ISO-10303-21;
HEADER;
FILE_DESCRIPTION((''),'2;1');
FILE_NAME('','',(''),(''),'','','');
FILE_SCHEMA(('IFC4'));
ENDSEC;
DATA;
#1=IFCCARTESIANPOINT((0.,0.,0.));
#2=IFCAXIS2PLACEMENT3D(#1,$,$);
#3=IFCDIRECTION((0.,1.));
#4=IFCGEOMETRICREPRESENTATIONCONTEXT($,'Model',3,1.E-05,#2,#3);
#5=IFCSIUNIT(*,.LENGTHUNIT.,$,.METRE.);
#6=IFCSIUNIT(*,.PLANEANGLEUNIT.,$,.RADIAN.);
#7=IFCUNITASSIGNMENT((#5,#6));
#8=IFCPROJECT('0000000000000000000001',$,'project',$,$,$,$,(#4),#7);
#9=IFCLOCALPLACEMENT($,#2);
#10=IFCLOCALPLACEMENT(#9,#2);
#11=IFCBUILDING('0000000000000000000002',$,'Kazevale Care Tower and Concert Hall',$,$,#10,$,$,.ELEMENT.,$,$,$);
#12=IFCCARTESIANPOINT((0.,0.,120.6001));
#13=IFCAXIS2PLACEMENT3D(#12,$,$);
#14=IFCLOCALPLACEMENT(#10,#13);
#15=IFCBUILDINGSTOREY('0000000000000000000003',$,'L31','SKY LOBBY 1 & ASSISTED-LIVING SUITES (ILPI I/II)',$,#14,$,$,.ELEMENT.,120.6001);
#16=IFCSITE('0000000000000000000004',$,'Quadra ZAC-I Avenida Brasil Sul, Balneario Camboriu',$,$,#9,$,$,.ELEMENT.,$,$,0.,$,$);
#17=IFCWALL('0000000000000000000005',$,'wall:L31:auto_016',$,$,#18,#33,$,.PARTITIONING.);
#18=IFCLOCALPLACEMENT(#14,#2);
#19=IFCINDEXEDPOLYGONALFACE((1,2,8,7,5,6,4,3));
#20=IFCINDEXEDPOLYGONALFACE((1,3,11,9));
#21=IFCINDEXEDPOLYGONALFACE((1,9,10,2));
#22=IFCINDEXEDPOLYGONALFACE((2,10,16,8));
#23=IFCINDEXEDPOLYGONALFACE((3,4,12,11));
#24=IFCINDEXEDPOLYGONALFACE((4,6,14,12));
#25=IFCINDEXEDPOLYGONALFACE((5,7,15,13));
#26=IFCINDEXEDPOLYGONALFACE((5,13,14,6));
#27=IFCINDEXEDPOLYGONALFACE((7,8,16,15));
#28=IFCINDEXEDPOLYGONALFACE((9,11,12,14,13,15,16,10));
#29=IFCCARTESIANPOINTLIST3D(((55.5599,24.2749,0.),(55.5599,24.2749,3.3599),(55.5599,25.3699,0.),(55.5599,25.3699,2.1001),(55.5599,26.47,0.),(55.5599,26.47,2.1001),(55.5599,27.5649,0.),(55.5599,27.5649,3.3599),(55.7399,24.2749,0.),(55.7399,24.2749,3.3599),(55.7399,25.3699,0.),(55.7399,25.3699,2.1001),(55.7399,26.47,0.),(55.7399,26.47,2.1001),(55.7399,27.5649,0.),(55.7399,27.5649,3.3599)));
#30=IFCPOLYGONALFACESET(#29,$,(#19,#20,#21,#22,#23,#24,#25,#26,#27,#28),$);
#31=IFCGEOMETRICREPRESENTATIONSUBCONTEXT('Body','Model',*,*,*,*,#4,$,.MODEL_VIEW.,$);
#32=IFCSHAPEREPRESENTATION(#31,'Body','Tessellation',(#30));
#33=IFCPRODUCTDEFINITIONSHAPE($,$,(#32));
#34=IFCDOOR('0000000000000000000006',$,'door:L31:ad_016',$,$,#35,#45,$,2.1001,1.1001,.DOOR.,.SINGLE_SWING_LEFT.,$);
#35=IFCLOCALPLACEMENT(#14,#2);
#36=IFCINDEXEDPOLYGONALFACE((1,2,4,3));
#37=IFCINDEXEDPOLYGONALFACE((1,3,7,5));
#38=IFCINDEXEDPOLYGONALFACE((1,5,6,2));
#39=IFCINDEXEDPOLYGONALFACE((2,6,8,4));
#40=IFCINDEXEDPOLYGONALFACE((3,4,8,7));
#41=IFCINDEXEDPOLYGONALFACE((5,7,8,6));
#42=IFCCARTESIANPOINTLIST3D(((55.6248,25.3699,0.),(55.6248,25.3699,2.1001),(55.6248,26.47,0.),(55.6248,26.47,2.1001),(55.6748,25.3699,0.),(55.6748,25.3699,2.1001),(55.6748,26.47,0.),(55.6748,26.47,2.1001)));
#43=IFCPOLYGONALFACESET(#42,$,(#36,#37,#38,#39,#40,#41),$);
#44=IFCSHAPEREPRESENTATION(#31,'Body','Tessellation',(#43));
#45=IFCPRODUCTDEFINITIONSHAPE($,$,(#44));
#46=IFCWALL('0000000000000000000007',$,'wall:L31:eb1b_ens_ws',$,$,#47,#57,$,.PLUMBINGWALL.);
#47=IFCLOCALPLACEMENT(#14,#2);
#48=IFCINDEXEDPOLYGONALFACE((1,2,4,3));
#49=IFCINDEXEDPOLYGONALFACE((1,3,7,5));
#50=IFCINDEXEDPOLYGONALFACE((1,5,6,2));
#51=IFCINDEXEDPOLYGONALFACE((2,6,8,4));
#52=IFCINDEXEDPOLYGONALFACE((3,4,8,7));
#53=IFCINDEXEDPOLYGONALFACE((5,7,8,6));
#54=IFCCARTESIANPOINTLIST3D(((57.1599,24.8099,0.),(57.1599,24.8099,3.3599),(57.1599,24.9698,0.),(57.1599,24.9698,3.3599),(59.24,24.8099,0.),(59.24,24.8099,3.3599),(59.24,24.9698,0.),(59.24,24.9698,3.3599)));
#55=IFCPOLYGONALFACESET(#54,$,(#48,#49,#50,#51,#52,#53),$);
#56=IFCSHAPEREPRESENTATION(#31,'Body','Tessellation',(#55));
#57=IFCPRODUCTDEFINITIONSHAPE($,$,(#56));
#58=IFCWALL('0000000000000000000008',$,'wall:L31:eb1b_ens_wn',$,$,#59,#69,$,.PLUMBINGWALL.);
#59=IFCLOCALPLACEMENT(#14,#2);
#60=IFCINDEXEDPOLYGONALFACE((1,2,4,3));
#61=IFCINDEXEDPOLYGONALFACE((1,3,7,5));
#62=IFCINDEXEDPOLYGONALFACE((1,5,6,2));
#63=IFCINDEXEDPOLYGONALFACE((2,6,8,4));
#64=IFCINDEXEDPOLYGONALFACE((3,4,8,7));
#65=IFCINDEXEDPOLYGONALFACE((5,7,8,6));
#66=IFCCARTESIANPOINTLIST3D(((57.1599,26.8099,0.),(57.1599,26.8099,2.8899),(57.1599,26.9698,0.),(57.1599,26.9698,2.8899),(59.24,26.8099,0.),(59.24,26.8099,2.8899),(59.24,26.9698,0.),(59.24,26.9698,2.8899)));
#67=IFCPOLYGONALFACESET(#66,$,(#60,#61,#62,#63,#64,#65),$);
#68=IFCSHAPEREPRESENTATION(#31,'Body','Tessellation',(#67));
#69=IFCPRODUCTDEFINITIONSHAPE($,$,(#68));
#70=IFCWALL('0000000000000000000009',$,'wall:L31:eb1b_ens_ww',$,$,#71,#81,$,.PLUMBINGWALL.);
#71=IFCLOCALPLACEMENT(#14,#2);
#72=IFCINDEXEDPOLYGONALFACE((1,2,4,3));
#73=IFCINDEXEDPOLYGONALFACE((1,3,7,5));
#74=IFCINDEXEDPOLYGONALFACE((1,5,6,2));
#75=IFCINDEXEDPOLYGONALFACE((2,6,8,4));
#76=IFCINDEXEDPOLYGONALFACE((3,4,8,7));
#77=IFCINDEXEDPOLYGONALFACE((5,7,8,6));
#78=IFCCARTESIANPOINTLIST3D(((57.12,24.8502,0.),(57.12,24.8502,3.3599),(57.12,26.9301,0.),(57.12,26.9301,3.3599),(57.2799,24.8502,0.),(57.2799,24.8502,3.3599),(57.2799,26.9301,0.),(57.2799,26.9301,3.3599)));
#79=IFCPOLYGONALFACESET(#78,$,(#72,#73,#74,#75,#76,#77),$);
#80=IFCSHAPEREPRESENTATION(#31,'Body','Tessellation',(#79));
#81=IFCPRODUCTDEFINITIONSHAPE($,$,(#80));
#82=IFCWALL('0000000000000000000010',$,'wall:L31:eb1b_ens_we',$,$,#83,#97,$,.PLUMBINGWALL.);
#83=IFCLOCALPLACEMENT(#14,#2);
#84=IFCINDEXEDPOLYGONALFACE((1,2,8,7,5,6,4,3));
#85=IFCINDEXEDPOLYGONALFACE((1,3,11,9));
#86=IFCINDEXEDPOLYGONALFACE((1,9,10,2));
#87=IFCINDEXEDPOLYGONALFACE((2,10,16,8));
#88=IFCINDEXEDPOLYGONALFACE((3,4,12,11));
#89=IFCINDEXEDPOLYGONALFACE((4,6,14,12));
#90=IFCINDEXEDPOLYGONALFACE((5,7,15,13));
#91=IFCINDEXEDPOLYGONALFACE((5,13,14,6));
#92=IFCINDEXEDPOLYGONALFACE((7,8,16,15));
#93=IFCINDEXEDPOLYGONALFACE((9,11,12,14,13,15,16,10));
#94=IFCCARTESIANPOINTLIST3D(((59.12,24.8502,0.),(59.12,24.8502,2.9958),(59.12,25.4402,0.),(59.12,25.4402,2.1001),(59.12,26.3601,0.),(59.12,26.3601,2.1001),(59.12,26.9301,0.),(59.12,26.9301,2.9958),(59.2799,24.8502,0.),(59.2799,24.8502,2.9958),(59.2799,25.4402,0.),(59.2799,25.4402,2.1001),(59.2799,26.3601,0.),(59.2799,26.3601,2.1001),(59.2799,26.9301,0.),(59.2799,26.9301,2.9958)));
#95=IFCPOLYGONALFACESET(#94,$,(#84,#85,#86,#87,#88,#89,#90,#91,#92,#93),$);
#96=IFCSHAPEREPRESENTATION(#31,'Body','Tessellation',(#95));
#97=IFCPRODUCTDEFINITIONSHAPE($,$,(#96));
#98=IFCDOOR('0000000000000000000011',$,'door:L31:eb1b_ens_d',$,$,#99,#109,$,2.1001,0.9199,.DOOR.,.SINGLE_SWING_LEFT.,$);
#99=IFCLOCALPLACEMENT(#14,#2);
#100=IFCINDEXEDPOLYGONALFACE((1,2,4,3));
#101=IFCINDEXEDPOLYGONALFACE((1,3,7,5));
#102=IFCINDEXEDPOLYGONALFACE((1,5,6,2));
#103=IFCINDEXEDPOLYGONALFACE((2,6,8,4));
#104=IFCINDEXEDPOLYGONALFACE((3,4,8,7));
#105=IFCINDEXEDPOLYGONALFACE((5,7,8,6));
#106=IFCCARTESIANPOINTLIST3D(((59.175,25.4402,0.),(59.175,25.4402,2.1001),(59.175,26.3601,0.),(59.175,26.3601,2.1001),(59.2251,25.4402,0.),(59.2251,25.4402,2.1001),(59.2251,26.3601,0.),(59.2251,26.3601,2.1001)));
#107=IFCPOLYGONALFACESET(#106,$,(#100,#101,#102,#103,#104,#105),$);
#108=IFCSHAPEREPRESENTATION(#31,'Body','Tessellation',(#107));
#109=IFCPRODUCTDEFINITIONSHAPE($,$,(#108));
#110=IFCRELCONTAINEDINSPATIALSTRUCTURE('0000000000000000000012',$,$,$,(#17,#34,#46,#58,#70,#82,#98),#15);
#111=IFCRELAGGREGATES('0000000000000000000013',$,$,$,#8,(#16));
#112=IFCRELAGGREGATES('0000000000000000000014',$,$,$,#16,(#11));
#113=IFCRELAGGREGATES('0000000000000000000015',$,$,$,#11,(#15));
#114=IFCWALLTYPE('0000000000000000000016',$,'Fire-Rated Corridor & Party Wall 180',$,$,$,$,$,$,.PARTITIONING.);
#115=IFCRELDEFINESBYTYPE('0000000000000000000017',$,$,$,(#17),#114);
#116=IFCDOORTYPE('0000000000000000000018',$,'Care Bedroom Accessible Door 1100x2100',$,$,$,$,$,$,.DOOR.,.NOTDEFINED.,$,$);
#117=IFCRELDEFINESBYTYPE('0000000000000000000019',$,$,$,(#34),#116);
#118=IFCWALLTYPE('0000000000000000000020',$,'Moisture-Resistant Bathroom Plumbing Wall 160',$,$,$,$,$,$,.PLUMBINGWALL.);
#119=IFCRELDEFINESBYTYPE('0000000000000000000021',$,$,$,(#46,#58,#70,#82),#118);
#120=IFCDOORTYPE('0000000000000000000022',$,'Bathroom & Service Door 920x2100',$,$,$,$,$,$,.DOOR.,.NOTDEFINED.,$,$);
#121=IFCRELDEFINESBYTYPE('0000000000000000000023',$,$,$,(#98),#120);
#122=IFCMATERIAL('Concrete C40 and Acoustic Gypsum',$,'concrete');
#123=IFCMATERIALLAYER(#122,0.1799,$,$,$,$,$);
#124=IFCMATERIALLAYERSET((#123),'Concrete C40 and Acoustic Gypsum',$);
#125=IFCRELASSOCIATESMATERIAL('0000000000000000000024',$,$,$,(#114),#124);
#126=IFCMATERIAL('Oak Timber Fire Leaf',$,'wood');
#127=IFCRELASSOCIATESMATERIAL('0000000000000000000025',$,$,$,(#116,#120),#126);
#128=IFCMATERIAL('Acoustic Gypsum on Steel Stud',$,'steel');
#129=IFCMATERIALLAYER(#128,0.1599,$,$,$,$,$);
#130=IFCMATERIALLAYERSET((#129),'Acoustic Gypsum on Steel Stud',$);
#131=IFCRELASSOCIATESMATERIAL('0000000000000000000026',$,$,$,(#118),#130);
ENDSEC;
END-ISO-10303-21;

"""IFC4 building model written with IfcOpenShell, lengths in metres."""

from ifc_helpers import new_model, si_unit, direction, frame, frame_2d, origin, place, context, subcontext, project, spatial, rectangle, extrude, material, layer, layer_set, type_object, element, fill, save


model = new_model("IFC4")

# Units and contexts
model_context = context("Model", 3, precision=1e-05, world=origin(), true_north=direction((0.0, 1.0)))
body_context = subcontext(model_context, "Body", "Model", "MODEL_VIEW")
ifc_project = project(units=[si_unit("LENGTHUNIT", "METRE"), si_unit("PLANEANGLEUNIT", "RADIAN")], contexts=[model_context])

# Site, building, storey
site_placement = place(None, origin())
site = spatial("IfcSite", under=ifc_project, at=site_placement, Name="Quadra ZAC-I Avenida Brasil Sul, Balneario Camboriu", CompositionType="ELEMENT", RefElevation=0.0)
building_placement = place(site_placement, origin())
building = spatial("IfcBuilding", under=site, at=building_placement, Name="Kazevale Care Tower and Concert Hall", CompositionType="ELEMENT")
storey_placement = place(building_placement, frame((0.0, 0.0, 120.6001)))
storey = spatial("IfcBuildingStorey", under=building, at=storey_placement, Name="L31", Description="SKY LOBBY 1 & ASSISTED-LIVING SUITES (ILPI I/II)", CompositionType="ELEMENT", Elevation=120.6001)

# Shared definitions
ifc_material_1 = material(Name="Acoustic Gypsum on Steel Stud", Category="steel")
ifc_material_2 = material(Name="Concrete C40 and Acoustic Gypsum", Category="concrete")
ifc_layer_1 = layer(ifc_material_2, 0.1799)
ifc_layer_set_1 = layer_set([ifc_layer_1], Name="Concrete C40 and Acoustic Gypsum")
wall_type_1 = type_object("IfcWallType", Name="Fire-Rated Corridor & Party Wall 180", PredefinedType="PARTITIONING", material=ifc_layer_set_1)

# Wall, opening, door
wall_1_placement = place(storey_placement, frame((55.6499, 27.5649, 0.0), z_axis=(0.0, 0.0, 1.0), x_axis=(0.0, -1.0, 0.0)))
wall_1 = element("IfcWall", 1, at=wall_1_placement, inside=storey, type_object=wall_type_1, Name="wall:L31:auto_016", PredefinedType="PARTITIONING", context=body_context, shape_type="SweptSolid", body=[
    extrude(rectangle(XDim=3.29, YDim=0.1799, at=frame_2d((1.645, 0.0))), origin(), (0.0, 0.0, 1.0), 3.3599),
])
opening_1_placement = place(wall_1_placement, frame((1.095, 0.0, 0.0)))
opening_1 = element("IfcOpeningElement", 2, at=opening_1_placement, cuts=wall_1, PredefinedType="OPENING", context=body_context, shape_type="SweptSolid", body=[
    extrude(rectangle(XDim=1.1001, YDim=2.1001, at=frame_2d((0.55, 1.05))), frame((0.0, 0.0999, 0.0), z_axis=(0.0, -1.0, 0.0), x_axis=(1.0, 0.0, 0.0)), (0.0, 0.0, 1.0), 0.2),
])
ifc_material_3 = material(Name="Oak Timber Fire Leaf", Category="wood")
door_type_1 = type_object("IfcDoorType", Name="Care Bedroom Accessible Door 1100x2100", OperationType="NOTDEFINED", PredefinedType="DOOR", material=ifc_material_3)
door_1_placement = place(opening_1_placement, origin())
door_1 = element("IfcDoor", 3, at=door_1_placement, inside=storey, type_object=door_type_1, Name="door:L31:ad_016", OperationType="SINGLE_SWING_LEFT", OverallHeight=2.1001, OverallWidth=1.1001, PredefinedType="DOOR", context=body_context, shape_type="SweptSolid", body=[
    extrude(rectangle(XDim=1.1001, YDim=2.1001, at=frame_2d((0.55, 1.05))), frame((0.0, 0.0249, 0.0), z_axis=(0.0, -1.0, 0.0), x_axis=(1.0, 0.0, 0.0)), (0.0, 0.0, 1.0), 0.05),
])
fill(opening_1, door_1)

# Walls
ifc_layer_2 = layer(ifc_material_1, 0.1599)
ifc_layer_set_2 = layer_set([ifc_layer_2], Name="Acoustic Gypsum on Steel Stud")
wall_type_2 = type_object("IfcWallType", Name="Moisture-Resistant Bathroom Plumbing Wall 160", PredefinedType="PLUMBINGWALL", material=ifc_layer_set_2)
wall_2_placement = place(storey_placement, frame((57.1599, 24.8899, 0.0), z_axis=(0.0, 0.0, 1.0), x_axis=(1.0, 0.0, 0.0)))
element("IfcWall", 4, at=wall_2_placement, inside=storey, type_object=wall_type_2, Name="wall:L31:eb1b_ens_ws", PredefinedType="PLUMBINGWALL", context=body_context, shape_type="SweptSolid", body=[
    extrude(rectangle(XDim=2.0801, YDim=0.1599, at=frame_2d((1.04, 0.0))), origin(), (0.0, 0.0, 1.0), 3.3599),
])
wall_3_placement = place(storey_placement, frame((57.1599, 26.8899, 0.0), z_axis=(0.0, 0.0, 1.0), x_axis=(1.0, 0.0, 0.0)))
element("IfcWall", 5, at=wall_3_placement, inside=storey, type_object=wall_type_2, Name="wall:L31:eb1b_ens_wn", PredefinedType="PLUMBINGWALL", context=body_context, shape_type="SweptSolid", body=[
    extrude(rectangle(XDim=2.0801, YDim=0.1599, at=frame_2d((1.04, 0.0))), origin(), (0.0, 0.0, 1.0), 2.8899),
])
wall_4_placement = place(storey_placement, frame((57.2, 24.8501, 0.0), z_axis=(0.0, 0.0, 1.0), x_axis=(0.0, 1.0, 0.0)))
element("IfcWall", 6, at=wall_4_placement, inside=storey, type_object=wall_type_2, Name="wall:L31:eb1b_ens_ww", PredefinedType="PLUMBINGWALL", context=body_context, shape_type="SweptSolid", body=[
    extrude(rectangle(XDim=2.0798, YDim=0.1599, at=frame_2d((1.04, 0.0))), origin(), (0.0, 0.0, 1.0), 3.3599),
])

# Wall, opening, door
wall_5_placement = place(storey_placement, frame((59.2, 24.8501, 0.0), z_axis=(0.0, 0.0, 1.0), x_axis=(0.0, 1.0, 0.0)))
wall_5 = element("IfcWall", 7, at=wall_5_placement, inside=storey, type_object=wall_type_2, Name="wall:L31:eb1b_ens_we", PredefinedType="PLUMBINGWALL", context=body_context, shape_type="SweptSolid", body=[
    extrude(rectangle(XDim=2.0798, YDim=0.1599, at=frame_2d((1.04, 0.0))), origin(), (0.0, 0.0, 1.0), 2.9958),
])
opening_2_placement = place(wall_5_placement, frame((0.5901, 0.0, 0.0)))
opening_2 = element("IfcOpeningElement", 8, at=opening_2_placement, cuts=wall_5, PredefinedType="OPENING", context=body_context, shape_type="SweptSolid", body=[
    extrude(rectangle(XDim=0.9199, YDim=2.1001, at=frame_2d((0.46, 1.05))), frame((0.0, 0.0898, 0.0), z_axis=(0.0, -1.0, 0.0), x_axis=(1.0, 0.0, 0.0)), (0.0, 0.0, 1.0), 0.1799),
])
door_type_2 = type_object("IfcDoorType", Name="Bathroom & Service Door 920x2100", OperationType="NOTDEFINED", PredefinedType="DOOR", material=ifc_material_3)
door_2_placement = place(opening_2_placement, origin())
door_2 = element("IfcDoor", 9, at=door_2_placement, inside=storey, type_object=door_type_2, Name="door:L31:eb1b_ens_d", OperationType="SINGLE_SWING_LEFT", OverallHeight=2.1001, OverallWidth=0.9199, PredefinedType="DOOR", context=body_context, shape_type="SweptSolid", body=[
    extrude(rectangle(XDim=0.9199, YDim=2.1001, at=frame_2d((0.46, 1.05))), frame((0.0, 0.0249, 0.0), z_axis=(0.0, -1.0, 0.0), x_axis=(1.0, 0.0, 0.0)), (0.0, 0.0, 1.0), 0.05),
])
fill(opening_2, door_2)

save(model, "model.ifc")
